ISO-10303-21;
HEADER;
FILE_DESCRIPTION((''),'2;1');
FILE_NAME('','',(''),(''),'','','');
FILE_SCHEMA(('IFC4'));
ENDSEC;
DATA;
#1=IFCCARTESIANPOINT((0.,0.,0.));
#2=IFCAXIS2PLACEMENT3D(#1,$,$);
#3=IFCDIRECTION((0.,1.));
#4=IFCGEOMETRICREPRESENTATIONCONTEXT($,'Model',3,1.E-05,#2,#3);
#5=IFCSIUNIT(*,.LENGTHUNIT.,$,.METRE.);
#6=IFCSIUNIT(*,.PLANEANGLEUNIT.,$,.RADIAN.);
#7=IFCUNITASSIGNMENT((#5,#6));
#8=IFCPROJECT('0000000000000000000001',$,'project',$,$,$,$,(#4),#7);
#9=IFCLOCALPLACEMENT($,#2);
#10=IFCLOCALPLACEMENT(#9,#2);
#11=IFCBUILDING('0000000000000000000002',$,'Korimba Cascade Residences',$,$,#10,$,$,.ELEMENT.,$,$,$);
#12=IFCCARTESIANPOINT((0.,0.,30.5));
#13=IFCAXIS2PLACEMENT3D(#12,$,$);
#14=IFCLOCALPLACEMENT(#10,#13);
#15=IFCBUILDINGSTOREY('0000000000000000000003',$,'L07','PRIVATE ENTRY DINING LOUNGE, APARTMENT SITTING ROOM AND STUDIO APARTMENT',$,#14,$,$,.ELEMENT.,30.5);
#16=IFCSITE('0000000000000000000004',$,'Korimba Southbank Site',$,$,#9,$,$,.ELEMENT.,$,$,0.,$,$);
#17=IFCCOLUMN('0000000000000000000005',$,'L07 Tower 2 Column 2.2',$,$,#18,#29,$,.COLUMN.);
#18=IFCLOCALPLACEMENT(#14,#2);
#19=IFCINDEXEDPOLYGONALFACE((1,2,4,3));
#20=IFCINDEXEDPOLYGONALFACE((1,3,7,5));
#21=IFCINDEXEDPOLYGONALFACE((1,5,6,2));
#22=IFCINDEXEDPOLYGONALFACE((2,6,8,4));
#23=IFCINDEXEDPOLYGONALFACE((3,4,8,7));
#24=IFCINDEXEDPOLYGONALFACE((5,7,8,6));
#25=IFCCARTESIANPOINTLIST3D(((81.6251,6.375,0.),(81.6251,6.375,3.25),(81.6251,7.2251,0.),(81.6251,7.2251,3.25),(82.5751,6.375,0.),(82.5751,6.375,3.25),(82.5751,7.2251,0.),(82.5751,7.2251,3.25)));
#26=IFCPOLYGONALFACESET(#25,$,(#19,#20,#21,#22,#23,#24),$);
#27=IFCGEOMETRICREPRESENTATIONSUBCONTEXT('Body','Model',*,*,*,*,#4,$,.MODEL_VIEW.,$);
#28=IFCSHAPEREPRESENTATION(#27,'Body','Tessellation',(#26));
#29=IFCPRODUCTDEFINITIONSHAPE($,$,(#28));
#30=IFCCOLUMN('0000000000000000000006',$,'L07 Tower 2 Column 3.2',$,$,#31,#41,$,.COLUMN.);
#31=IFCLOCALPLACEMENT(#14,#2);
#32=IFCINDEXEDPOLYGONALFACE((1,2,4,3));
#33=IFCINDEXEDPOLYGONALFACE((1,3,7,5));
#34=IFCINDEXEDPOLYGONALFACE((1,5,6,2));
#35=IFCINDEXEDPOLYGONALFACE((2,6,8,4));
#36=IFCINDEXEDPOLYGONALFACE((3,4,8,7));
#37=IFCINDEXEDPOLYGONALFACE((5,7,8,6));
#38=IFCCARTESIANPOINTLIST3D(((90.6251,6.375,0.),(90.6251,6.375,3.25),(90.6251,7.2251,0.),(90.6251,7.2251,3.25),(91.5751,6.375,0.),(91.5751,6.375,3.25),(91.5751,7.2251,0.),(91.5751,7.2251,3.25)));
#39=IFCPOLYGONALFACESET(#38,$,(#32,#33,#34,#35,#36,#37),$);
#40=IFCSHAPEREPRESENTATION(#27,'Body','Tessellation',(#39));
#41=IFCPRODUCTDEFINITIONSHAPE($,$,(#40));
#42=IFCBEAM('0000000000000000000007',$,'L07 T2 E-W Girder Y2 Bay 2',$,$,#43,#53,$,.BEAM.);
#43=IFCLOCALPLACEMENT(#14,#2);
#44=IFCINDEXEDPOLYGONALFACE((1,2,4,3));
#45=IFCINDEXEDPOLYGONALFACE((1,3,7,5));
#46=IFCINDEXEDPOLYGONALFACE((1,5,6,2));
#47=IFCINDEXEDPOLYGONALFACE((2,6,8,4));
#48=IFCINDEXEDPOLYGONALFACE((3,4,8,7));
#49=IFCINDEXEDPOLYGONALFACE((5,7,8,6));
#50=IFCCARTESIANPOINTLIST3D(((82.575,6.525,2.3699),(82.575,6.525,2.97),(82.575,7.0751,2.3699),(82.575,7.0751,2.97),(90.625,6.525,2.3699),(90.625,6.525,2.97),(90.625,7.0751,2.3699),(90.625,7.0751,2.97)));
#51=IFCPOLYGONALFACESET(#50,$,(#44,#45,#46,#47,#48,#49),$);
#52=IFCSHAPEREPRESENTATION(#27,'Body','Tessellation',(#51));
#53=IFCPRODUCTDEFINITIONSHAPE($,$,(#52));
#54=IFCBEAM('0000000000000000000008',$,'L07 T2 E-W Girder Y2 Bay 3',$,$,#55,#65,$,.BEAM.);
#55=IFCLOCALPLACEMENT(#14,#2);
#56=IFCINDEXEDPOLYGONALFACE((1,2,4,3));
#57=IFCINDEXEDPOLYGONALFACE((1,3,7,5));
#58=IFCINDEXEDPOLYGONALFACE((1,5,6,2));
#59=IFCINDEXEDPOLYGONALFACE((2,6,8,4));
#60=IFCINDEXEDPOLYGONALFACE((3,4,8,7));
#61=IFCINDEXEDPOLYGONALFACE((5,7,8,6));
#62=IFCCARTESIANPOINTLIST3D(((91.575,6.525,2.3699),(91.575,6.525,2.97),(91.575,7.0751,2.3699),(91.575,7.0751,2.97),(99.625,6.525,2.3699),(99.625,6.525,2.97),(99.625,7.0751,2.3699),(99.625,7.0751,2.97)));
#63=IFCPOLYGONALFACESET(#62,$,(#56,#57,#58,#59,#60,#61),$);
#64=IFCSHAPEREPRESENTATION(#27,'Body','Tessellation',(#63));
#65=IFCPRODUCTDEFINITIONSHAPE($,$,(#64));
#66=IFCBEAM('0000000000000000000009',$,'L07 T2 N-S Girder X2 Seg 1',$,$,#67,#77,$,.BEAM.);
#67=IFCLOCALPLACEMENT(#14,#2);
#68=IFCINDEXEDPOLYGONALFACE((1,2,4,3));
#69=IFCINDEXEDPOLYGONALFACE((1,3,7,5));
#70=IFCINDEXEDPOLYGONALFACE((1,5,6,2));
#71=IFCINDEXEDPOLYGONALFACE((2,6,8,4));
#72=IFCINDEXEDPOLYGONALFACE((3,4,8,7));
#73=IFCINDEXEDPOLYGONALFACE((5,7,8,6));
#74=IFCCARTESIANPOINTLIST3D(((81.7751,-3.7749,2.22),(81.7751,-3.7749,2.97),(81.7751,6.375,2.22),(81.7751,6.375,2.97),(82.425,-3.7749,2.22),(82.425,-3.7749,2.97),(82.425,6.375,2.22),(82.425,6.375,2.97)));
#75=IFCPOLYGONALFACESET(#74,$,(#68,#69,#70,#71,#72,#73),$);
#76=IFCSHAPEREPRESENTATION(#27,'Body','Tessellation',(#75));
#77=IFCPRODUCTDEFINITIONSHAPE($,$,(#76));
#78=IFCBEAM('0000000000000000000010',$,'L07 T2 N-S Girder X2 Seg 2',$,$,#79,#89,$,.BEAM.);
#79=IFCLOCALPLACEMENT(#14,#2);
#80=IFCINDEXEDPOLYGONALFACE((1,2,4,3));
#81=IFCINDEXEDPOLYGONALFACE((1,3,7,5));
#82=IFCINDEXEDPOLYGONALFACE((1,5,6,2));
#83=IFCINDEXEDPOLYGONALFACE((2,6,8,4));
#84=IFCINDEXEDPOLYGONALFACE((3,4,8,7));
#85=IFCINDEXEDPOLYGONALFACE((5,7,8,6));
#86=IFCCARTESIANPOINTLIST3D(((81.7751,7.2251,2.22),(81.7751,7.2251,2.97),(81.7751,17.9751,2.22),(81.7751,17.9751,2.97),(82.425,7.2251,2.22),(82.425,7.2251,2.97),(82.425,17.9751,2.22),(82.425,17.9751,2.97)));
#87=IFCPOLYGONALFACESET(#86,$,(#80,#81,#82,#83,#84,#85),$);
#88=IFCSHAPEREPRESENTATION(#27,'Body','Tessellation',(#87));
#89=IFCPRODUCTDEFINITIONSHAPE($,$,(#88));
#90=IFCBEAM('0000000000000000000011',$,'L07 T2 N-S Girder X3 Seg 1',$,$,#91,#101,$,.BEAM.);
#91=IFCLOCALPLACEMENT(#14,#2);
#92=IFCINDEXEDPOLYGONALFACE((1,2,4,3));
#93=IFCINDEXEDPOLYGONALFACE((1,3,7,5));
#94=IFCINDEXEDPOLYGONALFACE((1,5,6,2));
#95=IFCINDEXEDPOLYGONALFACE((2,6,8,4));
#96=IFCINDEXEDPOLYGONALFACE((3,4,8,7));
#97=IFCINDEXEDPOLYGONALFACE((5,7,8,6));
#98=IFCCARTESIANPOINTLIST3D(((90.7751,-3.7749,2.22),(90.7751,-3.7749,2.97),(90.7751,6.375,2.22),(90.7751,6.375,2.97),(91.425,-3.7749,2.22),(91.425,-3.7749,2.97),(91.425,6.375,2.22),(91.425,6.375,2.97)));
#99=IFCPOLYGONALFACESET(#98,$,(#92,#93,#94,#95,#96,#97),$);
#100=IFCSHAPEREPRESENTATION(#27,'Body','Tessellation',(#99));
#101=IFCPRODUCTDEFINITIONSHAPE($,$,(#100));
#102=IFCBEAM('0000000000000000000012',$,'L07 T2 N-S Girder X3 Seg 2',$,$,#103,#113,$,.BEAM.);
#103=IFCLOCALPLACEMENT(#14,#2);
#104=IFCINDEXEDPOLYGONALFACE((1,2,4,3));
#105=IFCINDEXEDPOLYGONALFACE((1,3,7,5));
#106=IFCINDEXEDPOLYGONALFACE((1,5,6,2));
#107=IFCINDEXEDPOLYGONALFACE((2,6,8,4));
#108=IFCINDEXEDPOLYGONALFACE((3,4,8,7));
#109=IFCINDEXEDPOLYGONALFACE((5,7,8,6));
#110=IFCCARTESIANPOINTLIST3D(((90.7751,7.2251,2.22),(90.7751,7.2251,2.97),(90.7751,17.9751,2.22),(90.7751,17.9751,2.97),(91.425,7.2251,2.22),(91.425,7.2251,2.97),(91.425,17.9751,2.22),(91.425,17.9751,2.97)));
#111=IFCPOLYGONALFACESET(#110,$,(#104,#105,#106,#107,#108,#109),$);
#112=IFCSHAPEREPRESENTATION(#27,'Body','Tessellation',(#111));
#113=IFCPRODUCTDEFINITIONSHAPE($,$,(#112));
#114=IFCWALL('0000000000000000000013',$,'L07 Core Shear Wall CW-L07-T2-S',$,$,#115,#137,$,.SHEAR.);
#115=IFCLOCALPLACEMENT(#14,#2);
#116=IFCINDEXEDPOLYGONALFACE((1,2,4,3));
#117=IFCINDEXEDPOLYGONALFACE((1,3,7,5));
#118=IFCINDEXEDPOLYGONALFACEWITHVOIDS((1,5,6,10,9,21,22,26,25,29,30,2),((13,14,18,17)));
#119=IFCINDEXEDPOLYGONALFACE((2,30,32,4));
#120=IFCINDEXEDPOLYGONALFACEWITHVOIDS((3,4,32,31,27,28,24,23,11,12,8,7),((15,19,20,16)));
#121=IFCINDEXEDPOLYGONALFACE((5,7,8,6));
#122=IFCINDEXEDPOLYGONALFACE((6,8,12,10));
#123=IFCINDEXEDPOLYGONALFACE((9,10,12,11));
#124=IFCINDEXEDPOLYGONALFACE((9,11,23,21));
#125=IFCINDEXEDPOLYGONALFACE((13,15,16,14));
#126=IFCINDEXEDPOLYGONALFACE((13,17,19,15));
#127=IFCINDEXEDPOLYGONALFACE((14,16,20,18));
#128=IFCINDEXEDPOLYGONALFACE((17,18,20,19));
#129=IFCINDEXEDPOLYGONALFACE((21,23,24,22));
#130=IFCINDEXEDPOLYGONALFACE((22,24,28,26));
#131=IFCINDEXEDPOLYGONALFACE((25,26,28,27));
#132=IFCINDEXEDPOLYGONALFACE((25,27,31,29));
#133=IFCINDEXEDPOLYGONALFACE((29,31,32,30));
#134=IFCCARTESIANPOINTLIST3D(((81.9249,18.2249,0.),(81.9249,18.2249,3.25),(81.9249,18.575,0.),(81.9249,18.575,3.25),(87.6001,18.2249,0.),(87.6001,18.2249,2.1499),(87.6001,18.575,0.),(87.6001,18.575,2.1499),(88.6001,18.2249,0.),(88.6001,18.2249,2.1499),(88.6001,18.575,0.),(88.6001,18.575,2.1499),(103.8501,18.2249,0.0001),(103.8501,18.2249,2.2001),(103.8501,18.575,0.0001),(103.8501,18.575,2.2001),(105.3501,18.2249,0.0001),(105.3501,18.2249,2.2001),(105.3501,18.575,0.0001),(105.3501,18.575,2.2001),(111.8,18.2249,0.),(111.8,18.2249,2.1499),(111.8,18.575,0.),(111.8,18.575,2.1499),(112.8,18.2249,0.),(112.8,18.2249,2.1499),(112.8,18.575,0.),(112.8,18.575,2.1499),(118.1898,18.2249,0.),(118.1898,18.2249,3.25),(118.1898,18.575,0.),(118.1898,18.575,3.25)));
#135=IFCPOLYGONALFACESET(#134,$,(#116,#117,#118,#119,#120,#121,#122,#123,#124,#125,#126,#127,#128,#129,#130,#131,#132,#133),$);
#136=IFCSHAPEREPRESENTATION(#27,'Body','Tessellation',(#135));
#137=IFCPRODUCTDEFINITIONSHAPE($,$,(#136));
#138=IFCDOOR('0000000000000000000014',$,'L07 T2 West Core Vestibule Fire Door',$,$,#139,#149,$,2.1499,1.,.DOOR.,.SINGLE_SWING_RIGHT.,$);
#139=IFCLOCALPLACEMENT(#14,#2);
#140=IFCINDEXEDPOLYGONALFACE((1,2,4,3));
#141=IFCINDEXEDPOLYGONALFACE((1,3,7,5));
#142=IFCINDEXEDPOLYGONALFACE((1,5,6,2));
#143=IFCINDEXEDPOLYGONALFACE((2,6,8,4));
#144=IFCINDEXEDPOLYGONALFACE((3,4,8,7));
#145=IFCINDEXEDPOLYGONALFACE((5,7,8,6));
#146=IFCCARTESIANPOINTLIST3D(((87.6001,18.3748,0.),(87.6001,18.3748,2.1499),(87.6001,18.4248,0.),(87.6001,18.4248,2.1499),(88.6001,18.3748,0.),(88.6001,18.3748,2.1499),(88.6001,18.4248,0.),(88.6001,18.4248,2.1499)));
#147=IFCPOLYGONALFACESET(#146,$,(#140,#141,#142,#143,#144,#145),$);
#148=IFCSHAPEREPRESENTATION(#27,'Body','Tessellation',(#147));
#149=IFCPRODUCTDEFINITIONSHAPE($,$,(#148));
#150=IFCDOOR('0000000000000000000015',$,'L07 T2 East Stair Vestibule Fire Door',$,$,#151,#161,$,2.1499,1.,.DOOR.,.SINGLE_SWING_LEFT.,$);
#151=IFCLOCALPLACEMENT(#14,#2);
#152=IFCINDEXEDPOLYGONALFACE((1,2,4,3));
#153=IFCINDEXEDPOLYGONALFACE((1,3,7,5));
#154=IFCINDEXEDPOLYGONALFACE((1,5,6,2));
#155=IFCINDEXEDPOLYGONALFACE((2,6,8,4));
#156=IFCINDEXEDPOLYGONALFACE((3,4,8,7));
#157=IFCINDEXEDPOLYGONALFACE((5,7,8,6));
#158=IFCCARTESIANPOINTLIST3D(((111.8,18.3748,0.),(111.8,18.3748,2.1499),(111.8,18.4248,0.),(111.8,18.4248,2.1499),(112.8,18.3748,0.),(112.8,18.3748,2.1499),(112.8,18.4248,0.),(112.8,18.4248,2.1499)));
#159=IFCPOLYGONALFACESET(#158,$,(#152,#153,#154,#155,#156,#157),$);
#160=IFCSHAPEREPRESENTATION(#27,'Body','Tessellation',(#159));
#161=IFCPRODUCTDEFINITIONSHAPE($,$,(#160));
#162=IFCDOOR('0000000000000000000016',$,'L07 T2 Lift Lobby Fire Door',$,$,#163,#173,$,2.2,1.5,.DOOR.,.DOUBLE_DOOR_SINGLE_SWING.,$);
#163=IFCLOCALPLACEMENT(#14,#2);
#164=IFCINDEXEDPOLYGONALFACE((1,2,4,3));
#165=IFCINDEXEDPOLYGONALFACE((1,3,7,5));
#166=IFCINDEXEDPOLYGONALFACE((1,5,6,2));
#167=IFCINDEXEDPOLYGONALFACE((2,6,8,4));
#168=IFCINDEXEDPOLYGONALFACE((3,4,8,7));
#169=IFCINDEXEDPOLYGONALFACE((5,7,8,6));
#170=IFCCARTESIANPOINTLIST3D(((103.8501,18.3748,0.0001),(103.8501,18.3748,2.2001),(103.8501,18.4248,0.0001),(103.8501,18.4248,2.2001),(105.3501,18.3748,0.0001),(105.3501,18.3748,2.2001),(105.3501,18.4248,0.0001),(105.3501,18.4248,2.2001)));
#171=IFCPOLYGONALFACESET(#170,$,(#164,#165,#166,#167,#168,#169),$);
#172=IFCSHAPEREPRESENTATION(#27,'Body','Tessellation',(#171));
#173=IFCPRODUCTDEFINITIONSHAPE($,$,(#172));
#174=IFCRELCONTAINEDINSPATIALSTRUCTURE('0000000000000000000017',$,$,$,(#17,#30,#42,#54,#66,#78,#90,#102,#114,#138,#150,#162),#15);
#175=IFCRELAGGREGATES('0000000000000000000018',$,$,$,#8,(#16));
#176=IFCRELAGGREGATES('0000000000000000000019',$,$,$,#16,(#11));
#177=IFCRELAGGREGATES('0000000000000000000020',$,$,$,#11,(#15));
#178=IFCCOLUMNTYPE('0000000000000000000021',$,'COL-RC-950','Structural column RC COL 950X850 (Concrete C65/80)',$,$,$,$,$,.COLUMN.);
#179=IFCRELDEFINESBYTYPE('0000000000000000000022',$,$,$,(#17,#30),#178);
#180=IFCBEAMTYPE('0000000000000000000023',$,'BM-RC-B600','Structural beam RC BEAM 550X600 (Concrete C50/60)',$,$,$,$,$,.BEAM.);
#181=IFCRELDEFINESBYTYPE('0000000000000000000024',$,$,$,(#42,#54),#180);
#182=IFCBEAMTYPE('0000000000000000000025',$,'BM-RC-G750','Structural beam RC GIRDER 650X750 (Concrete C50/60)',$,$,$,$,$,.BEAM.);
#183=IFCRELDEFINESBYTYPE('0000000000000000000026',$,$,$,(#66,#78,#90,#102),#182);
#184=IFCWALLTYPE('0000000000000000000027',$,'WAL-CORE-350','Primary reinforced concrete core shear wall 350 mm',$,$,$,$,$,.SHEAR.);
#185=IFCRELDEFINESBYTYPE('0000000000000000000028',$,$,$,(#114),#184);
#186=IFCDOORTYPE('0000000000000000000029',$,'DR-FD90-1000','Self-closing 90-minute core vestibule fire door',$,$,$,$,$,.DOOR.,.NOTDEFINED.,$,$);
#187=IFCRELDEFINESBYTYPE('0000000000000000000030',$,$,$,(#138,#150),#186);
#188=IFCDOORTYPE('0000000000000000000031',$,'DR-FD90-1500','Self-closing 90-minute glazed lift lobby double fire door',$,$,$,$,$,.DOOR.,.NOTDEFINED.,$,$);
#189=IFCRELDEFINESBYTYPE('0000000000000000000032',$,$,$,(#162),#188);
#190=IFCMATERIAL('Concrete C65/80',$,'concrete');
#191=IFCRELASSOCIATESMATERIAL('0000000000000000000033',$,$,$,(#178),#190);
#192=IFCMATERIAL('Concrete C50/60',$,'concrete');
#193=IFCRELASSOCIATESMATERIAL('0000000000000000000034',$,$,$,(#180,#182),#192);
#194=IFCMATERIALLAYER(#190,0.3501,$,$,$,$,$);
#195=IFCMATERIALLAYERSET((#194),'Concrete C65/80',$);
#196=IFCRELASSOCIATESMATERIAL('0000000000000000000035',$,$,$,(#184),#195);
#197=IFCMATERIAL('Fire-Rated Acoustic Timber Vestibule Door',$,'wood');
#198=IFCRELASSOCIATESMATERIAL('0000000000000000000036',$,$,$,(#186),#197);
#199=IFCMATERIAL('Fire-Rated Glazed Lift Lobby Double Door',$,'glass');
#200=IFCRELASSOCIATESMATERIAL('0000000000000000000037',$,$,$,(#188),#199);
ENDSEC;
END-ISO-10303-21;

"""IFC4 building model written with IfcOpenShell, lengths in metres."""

from ifc_helpers import new_model, si_unit, direction, frame, frame_2d, origin, origin_2d, place, context, subcontext, project, spatial, rectangle, extrude, material, layer, layer_set, material_profile, profile_set, type_object, element, fill, save


model = new_model("IFC4")

# Units and contexts
model_context = context("Model", 3, precision=1e-05, world=origin(), true_north=direction((0.0, 1.0)))
body_context = subcontext(model_context, "Body", "Model", "MODEL_VIEW")
ifc_project = project(units=[si_unit("LENGTHUNIT", "METRE"), si_unit("PLANEANGLEUNIT", "RADIAN")], contexts=[model_context])

# Site, building, storey
site_placement = place(None, origin())
site = spatial("IfcSite", under=ifc_project, at=site_placement, Name="Korimba Southbank Site", CompositionType="ELEMENT", RefElevation=0.0)
building_placement = place(site_placement, origin())
building = spatial("IfcBuilding", under=site, at=building_placement, Name="Korimba Cascade Residences", CompositionType="ELEMENT")
storey_placement = place(building_placement, frame((0.0, 0.0, 30.5)))
storey = spatial("IfcBuildingStorey", under=building, at=storey_placement, Name="L07", Description="PRIVATE ENTRY DINING LOUNGE, APARTMENT SITTING ROOM AND STUDIO APARTMENT", CompositionType="ELEMENT", Elevation=30.5)

# Columns
ifc_material_1 = material(Name="Concrete C65/80", Category="concrete")
ifc_material_profile_1 = material_profile(ifc_material_1, rectangle(XDim=0.95, YDim=0.8501, at=origin_2d()), Name="Concrete C65/80")
ifc_profile_set_1 = profile_set([ifc_material_profile_1], Name="Concrete C65/80")
column_type = type_object("IfcColumnType", Name="COL-RC-950", Description="Structural column RC COL 950X850 (Concrete C65/80)", PredefinedType="COLUMN", material=ifc_profile_set_1)
for number, where, z_axis, x_axis, name in (
    (1, (82.1001, 6.8, 0.0), (0.0, 0.0, 1.0), (1.0, 0.0, 0.0), "L07 Tower 2 Column 2.2"),
    (2, (91.1001, 6.8, 0.0), (0.0, 0.0, 1.0), (1.0, 0.0, 0.0), "L07 Tower 2 Column 3.2"),
):
    element("IfcColumn", number, at=place(storey_placement, frame(where, z_axis=z_axis, x_axis=x_axis)), inside=storey, type_object=column_type, Name=name, PredefinedType="COLUMN", context=body_context, shape_type="SweptSolid", body=[
        extrude(rectangle(XDim=0.95, YDim=0.8501, at=origin_2d()), origin(), (0.0, 0.0, 1.0), 3.25),
    ])

# Beams
ifc_material_2 = material(Name="Concrete C50/60", Category="concrete")
ifc_material_profile_2 = material_profile(ifc_material_2, rectangle(XDim=0.55, YDim=0.6001, at=origin_2d()), Name="Concrete C50/60")
ifc_profile_set_2 = profile_set([ifc_material_profile_2], Name="Concrete C50/60")
beam_type_1 = type_object("IfcBeamType", Name="BM-RC-B600", Description="Structural beam RC BEAM 550X600 (Concrete C50/60)", PredefinedType="BEAM", material=ifc_profile_set_2)
for number, where, z_axis, x_axis, name in (
    (3, (82.575, 6.8, 2.6699), (1.0, 0.0, 0.0), (0.0, 1.0, 0.0), "L07 T2 E-W Girder Y2 Bay 2"),
    (4, (91.575, 6.8, 2.6699), (1.0, 0.0, 0.0), (0.0, 1.0, 0.0), "L07 T2 E-W Girder Y2 Bay 3"),
):
    element("IfcBeam", number, at=place(storey_placement, frame(where, z_axis=z_axis, x_axis=x_axis)), inside=storey, type_object=beam_type_1, Name=name, PredefinedType="BEAM", context=body_context, shape_type="SweptSolid", body=[
        extrude(rectangle(XDim=0.55, YDim=0.6001, at=origin_2d()), origin(), (0.0, 0.0, 1.0), 8.05),
    ])
ifc_material_profile_3 = material_profile(ifc_material_2, rectangle(XDim=0.6499, YDim=0.75, at=origin_2d()), Name="Concrete C50/60")
ifc_profile_set_3 = profile_set([ifc_material_profile_3], Name="Concrete C50/60")
beam_type_2 = type_object("IfcBeamType", Name="BM-RC-G750", Description="Structural beam RC GIRDER 650X750 (Concrete C50/60)", PredefinedType="BEAM", material=ifc_profile_set_3)
beam_1_placement = place(storey_placement, frame((82.1001, -3.7749, 2.595), z_axis=(0.0, 1.0, 0.0), x_axis=(-1.0, 0.0, 0.0)))
element("IfcBeam", 5, at=beam_1_placement, inside=storey, type_object=beam_type_2, Name="L07 T2 N-S Girder X2 Seg 1", PredefinedType="BEAM", context=body_context, shape_type="SweptSolid", body=[
    extrude(rectangle(XDim=0.6499, YDim=0.75, at=origin_2d()), origin(), (0.0, 0.0, 1.0), 10.1499),
])
beam_2_placement = place(storey_placement, frame((82.1001, 7.2251, 2.595), z_axis=(0.0, 1.0, 0.0), x_axis=(-1.0, 0.0, 0.0)))
element("IfcBeam", 6, at=beam_2_placement, inside=storey, type_object=beam_type_2, Name="L07 T2 N-S Girder X2 Seg 2", PredefinedType="BEAM", context=body_context, shape_type="SweptSolid", body=[
    extrude(rectangle(XDim=0.6499, YDim=0.75, at=origin_2d()), origin(), (0.0, 0.0, 1.0), 10.75),
])
beam_3_placement = place(storey_placement, frame((91.1001, -3.7749, 2.595), z_axis=(0.0, 1.0, 0.0), x_axis=(-1.0, 0.0, 0.0)))
element("IfcBeam", 7, at=beam_3_placement, inside=storey, type_object=beam_type_2, Name="L07 T2 N-S Girder X3 Seg 1", PredefinedType="BEAM", context=body_context, shape_type="SweptSolid", body=[
    extrude(rectangle(XDim=0.6499, YDim=0.75, at=origin_2d()), origin(), (0.0, 0.0, 1.0), 10.1499),
])
beam_4_placement = place(storey_placement, frame((91.1001, 7.2251, 2.595), z_axis=(0.0, 1.0, 0.0), x_axis=(-1.0, 0.0, 0.0)))
element("IfcBeam", 8, at=beam_4_placement, inside=storey, type_object=beam_type_2, Name="L07 T2 N-S Girder X3 Seg 2", PredefinedType="BEAM", context=body_context, shape_type="SweptSolid", body=[
    extrude(rectangle(XDim=0.6499, YDim=0.75, at=origin_2d()), origin(), (0.0, 0.0, 1.0), 10.75),
])

# Wall, openings, doors
ifc_layer_1 = layer(ifc_material_1, 0.3501)
ifc_layer_set_1 = layer_set([ifc_layer_1], Name="Concrete C65/80")
wall_type_1 = type_object("IfcWallType", Name="WAL-CORE-350", Description="Primary reinforced concrete core shear wall 350 mm", PredefinedType="SHEAR", material=ifc_layer_set_1)
wall_1_placement = place(storey_placement, frame((81.925, 18.3999, 0.0), z_axis=(0.0, 0.0, 1.0), x_axis=(1.0, 0.0, 0.0)))
wall_1 = element("IfcWall", 9, at=wall_1_placement, inside=storey, type_object=wall_type_1, Name="L07 Core Shear Wall CW-L07-T2-S", PredefinedType="SHEAR", context=body_context, shape_type="SweptSolid", body=[
    extrude(rectangle(XDim=36.2649, YDim=0.3501, at=frame_2d((18.1323, 0.0))), origin(), (0.0, 0.0, 1.0), 3.25),
])
opening_1_placement = place(wall_1_placement, frame((5.675, 0.0, 0.0)))
opening_1 = element("IfcOpeningElement", 10, at=opening_1_placement, cuts=wall_1, PredefinedType="OPENING", context=body_context, shape_type="SweptSolid", body=[
    extrude(rectangle(XDim=1.0, YDim=2.1499, at=frame_2d((0.5, 1.075))), frame((0.0, 0.1851, 0.0), z_axis=(0.0, -1.0, 0.0), x_axis=(1.0, 0.0, 0.0)), (0.0, 0.0, 1.0), 0.3701),
])
opening_2_placement = place(wall_1_placement, frame((21.925, 0.0, 0.0)))
opening_2 = element("IfcOpeningElement", 11, at=opening_2_placement, cuts=wall_1, PredefinedType="OPENING", context=body_context, shape_type="SweptSolid", body=[
    extrude(rectangle(XDim=1.5, YDim=2.2, at=frame_2d((0.75, 1.1001))), frame((0.0, 0.1851, 0.0), z_axis=(0.0, -1.0, 0.0), x_axis=(1.0, 0.0, 0.0)), (0.0, 0.0, 1.0), 0.3701),
])
opening_3_placement = place(wall_1_placement, frame((29.875, 0.0, 0.0)))
opening_3 = element("IfcOpeningElement", 12, at=opening_3_placement, cuts=wall_1, PredefinedType="OPENING", context=body_context, shape_type="SweptSolid", body=[
    extrude(rectangle(XDim=1.0, YDim=2.1499, at=frame_2d((0.5, 1.075))), frame((0.0, 0.1851, 0.0), z_axis=(0.0, -1.0, 0.0), x_axis=(1.0, 0.0, 0.0)), (0.0, 0.0, 1.0), 0.3701),
])
ifc_material_3 = material(Name="Fire-Rated Acoustic Timber Vestibule Door", Category="wood")
door_type_1 = type_object("IfcDoorType", Name="DR-FD90-1000", Description="Self-closing 90-minute core vestibule fire door", OperationType="NOTDEFINED", PredefinedType="DOOR", material=ifc_material_3)
door_1_placement = place(opening_1_placement, origin())
door_1 = element("IfcDoor", 13, at=door_1_placement, inside=storey, type_object=door_type_1, Name="L07 T2 West Core Vestibule Fire Door", OperationType="SINGLE_SWING_RIGHT", OverallHeight=2.1499, OverallWidth=1.0, PredefinedType="DOOR", context=body_context, shape_type="SweptSolid", body=[
    extrude(rectangle(XDim=1.0, YDim=2.1499, at=frame_2d((0.5, 1.075))), frame((0.0, 0.0249, 0.0), z_axis=(0.0, -1.0, 0.0), x_axis=(1.0, 0.0, 0.0)), (0.0, 0.0, 1.0), 0.05),
])
fill(opening_1, door_1)
door_2_placement = place(opening_3_placement, origin())
door_2 = element("IfcDoor", 14, at=door_2_placement, inside=storey, type_object=door_type_1, Name="L07 T2 East Stair Vestibule Fire Door", OperationType="SINGLE_SWING_LEFT", OverallHeight=2.1499, OverallWidth=1.0, PredefinedType="DOOR", context=body_context, shape_type="SweptSolid", body=[
    extrude(rectangle(XDim=1.0, YDim=2.1499, at=frame_2d((0.5, 1.075))), frame((0.0, 0.0249, 0.0), z_axis=(0.0, -1.0, 0.0), x_axis=(1.0, 0.0, 0.0)), (0.0, 0.0, 1.0), 0.05),
])
fill(opening_3, door_2)
ifc_material_4 = material(Name="Fire-Rated Glazed Lift Lobby Double Door", Category="glass")
door_type_2 = type_object("IfcDoorType", Name="DR-FD90-1500", Description="Self-closing 90-minute glazed lift lobby double fire door", OperationType="NOTDEFINED", PredefinedType="DOOR", material=ifc_material_4)
door_3_placement = place(opening_2_placement, origin())
door_3 = element("IfcDoor", 15, at=door_3_placement, inside=storey, type_object=door_type_2, Name="L07 T2 Lift Lobby Fire Door", OperationType="DOUBLE_DOOR_SINGLE_SWING", OverallHeight=2.2, OverallWidth=1.5, PredefinedType="DOOR", context=body_context, shape_type="SweptSolid", body=[
    extrude(rectangle(XDim=1.5, YDim=2.2, at=frame_2d((0.75, 1.1001))), frame((0.0, 0.0249, 0.0), z_axis=(0.0, -1.0, 0.0), x_axis=(1.0, 0.0, 0.0)), (0.0, 0.0, 1.0), 0.05),
])
fill(opening_2, door_3)

save(model, "model.ifc")
